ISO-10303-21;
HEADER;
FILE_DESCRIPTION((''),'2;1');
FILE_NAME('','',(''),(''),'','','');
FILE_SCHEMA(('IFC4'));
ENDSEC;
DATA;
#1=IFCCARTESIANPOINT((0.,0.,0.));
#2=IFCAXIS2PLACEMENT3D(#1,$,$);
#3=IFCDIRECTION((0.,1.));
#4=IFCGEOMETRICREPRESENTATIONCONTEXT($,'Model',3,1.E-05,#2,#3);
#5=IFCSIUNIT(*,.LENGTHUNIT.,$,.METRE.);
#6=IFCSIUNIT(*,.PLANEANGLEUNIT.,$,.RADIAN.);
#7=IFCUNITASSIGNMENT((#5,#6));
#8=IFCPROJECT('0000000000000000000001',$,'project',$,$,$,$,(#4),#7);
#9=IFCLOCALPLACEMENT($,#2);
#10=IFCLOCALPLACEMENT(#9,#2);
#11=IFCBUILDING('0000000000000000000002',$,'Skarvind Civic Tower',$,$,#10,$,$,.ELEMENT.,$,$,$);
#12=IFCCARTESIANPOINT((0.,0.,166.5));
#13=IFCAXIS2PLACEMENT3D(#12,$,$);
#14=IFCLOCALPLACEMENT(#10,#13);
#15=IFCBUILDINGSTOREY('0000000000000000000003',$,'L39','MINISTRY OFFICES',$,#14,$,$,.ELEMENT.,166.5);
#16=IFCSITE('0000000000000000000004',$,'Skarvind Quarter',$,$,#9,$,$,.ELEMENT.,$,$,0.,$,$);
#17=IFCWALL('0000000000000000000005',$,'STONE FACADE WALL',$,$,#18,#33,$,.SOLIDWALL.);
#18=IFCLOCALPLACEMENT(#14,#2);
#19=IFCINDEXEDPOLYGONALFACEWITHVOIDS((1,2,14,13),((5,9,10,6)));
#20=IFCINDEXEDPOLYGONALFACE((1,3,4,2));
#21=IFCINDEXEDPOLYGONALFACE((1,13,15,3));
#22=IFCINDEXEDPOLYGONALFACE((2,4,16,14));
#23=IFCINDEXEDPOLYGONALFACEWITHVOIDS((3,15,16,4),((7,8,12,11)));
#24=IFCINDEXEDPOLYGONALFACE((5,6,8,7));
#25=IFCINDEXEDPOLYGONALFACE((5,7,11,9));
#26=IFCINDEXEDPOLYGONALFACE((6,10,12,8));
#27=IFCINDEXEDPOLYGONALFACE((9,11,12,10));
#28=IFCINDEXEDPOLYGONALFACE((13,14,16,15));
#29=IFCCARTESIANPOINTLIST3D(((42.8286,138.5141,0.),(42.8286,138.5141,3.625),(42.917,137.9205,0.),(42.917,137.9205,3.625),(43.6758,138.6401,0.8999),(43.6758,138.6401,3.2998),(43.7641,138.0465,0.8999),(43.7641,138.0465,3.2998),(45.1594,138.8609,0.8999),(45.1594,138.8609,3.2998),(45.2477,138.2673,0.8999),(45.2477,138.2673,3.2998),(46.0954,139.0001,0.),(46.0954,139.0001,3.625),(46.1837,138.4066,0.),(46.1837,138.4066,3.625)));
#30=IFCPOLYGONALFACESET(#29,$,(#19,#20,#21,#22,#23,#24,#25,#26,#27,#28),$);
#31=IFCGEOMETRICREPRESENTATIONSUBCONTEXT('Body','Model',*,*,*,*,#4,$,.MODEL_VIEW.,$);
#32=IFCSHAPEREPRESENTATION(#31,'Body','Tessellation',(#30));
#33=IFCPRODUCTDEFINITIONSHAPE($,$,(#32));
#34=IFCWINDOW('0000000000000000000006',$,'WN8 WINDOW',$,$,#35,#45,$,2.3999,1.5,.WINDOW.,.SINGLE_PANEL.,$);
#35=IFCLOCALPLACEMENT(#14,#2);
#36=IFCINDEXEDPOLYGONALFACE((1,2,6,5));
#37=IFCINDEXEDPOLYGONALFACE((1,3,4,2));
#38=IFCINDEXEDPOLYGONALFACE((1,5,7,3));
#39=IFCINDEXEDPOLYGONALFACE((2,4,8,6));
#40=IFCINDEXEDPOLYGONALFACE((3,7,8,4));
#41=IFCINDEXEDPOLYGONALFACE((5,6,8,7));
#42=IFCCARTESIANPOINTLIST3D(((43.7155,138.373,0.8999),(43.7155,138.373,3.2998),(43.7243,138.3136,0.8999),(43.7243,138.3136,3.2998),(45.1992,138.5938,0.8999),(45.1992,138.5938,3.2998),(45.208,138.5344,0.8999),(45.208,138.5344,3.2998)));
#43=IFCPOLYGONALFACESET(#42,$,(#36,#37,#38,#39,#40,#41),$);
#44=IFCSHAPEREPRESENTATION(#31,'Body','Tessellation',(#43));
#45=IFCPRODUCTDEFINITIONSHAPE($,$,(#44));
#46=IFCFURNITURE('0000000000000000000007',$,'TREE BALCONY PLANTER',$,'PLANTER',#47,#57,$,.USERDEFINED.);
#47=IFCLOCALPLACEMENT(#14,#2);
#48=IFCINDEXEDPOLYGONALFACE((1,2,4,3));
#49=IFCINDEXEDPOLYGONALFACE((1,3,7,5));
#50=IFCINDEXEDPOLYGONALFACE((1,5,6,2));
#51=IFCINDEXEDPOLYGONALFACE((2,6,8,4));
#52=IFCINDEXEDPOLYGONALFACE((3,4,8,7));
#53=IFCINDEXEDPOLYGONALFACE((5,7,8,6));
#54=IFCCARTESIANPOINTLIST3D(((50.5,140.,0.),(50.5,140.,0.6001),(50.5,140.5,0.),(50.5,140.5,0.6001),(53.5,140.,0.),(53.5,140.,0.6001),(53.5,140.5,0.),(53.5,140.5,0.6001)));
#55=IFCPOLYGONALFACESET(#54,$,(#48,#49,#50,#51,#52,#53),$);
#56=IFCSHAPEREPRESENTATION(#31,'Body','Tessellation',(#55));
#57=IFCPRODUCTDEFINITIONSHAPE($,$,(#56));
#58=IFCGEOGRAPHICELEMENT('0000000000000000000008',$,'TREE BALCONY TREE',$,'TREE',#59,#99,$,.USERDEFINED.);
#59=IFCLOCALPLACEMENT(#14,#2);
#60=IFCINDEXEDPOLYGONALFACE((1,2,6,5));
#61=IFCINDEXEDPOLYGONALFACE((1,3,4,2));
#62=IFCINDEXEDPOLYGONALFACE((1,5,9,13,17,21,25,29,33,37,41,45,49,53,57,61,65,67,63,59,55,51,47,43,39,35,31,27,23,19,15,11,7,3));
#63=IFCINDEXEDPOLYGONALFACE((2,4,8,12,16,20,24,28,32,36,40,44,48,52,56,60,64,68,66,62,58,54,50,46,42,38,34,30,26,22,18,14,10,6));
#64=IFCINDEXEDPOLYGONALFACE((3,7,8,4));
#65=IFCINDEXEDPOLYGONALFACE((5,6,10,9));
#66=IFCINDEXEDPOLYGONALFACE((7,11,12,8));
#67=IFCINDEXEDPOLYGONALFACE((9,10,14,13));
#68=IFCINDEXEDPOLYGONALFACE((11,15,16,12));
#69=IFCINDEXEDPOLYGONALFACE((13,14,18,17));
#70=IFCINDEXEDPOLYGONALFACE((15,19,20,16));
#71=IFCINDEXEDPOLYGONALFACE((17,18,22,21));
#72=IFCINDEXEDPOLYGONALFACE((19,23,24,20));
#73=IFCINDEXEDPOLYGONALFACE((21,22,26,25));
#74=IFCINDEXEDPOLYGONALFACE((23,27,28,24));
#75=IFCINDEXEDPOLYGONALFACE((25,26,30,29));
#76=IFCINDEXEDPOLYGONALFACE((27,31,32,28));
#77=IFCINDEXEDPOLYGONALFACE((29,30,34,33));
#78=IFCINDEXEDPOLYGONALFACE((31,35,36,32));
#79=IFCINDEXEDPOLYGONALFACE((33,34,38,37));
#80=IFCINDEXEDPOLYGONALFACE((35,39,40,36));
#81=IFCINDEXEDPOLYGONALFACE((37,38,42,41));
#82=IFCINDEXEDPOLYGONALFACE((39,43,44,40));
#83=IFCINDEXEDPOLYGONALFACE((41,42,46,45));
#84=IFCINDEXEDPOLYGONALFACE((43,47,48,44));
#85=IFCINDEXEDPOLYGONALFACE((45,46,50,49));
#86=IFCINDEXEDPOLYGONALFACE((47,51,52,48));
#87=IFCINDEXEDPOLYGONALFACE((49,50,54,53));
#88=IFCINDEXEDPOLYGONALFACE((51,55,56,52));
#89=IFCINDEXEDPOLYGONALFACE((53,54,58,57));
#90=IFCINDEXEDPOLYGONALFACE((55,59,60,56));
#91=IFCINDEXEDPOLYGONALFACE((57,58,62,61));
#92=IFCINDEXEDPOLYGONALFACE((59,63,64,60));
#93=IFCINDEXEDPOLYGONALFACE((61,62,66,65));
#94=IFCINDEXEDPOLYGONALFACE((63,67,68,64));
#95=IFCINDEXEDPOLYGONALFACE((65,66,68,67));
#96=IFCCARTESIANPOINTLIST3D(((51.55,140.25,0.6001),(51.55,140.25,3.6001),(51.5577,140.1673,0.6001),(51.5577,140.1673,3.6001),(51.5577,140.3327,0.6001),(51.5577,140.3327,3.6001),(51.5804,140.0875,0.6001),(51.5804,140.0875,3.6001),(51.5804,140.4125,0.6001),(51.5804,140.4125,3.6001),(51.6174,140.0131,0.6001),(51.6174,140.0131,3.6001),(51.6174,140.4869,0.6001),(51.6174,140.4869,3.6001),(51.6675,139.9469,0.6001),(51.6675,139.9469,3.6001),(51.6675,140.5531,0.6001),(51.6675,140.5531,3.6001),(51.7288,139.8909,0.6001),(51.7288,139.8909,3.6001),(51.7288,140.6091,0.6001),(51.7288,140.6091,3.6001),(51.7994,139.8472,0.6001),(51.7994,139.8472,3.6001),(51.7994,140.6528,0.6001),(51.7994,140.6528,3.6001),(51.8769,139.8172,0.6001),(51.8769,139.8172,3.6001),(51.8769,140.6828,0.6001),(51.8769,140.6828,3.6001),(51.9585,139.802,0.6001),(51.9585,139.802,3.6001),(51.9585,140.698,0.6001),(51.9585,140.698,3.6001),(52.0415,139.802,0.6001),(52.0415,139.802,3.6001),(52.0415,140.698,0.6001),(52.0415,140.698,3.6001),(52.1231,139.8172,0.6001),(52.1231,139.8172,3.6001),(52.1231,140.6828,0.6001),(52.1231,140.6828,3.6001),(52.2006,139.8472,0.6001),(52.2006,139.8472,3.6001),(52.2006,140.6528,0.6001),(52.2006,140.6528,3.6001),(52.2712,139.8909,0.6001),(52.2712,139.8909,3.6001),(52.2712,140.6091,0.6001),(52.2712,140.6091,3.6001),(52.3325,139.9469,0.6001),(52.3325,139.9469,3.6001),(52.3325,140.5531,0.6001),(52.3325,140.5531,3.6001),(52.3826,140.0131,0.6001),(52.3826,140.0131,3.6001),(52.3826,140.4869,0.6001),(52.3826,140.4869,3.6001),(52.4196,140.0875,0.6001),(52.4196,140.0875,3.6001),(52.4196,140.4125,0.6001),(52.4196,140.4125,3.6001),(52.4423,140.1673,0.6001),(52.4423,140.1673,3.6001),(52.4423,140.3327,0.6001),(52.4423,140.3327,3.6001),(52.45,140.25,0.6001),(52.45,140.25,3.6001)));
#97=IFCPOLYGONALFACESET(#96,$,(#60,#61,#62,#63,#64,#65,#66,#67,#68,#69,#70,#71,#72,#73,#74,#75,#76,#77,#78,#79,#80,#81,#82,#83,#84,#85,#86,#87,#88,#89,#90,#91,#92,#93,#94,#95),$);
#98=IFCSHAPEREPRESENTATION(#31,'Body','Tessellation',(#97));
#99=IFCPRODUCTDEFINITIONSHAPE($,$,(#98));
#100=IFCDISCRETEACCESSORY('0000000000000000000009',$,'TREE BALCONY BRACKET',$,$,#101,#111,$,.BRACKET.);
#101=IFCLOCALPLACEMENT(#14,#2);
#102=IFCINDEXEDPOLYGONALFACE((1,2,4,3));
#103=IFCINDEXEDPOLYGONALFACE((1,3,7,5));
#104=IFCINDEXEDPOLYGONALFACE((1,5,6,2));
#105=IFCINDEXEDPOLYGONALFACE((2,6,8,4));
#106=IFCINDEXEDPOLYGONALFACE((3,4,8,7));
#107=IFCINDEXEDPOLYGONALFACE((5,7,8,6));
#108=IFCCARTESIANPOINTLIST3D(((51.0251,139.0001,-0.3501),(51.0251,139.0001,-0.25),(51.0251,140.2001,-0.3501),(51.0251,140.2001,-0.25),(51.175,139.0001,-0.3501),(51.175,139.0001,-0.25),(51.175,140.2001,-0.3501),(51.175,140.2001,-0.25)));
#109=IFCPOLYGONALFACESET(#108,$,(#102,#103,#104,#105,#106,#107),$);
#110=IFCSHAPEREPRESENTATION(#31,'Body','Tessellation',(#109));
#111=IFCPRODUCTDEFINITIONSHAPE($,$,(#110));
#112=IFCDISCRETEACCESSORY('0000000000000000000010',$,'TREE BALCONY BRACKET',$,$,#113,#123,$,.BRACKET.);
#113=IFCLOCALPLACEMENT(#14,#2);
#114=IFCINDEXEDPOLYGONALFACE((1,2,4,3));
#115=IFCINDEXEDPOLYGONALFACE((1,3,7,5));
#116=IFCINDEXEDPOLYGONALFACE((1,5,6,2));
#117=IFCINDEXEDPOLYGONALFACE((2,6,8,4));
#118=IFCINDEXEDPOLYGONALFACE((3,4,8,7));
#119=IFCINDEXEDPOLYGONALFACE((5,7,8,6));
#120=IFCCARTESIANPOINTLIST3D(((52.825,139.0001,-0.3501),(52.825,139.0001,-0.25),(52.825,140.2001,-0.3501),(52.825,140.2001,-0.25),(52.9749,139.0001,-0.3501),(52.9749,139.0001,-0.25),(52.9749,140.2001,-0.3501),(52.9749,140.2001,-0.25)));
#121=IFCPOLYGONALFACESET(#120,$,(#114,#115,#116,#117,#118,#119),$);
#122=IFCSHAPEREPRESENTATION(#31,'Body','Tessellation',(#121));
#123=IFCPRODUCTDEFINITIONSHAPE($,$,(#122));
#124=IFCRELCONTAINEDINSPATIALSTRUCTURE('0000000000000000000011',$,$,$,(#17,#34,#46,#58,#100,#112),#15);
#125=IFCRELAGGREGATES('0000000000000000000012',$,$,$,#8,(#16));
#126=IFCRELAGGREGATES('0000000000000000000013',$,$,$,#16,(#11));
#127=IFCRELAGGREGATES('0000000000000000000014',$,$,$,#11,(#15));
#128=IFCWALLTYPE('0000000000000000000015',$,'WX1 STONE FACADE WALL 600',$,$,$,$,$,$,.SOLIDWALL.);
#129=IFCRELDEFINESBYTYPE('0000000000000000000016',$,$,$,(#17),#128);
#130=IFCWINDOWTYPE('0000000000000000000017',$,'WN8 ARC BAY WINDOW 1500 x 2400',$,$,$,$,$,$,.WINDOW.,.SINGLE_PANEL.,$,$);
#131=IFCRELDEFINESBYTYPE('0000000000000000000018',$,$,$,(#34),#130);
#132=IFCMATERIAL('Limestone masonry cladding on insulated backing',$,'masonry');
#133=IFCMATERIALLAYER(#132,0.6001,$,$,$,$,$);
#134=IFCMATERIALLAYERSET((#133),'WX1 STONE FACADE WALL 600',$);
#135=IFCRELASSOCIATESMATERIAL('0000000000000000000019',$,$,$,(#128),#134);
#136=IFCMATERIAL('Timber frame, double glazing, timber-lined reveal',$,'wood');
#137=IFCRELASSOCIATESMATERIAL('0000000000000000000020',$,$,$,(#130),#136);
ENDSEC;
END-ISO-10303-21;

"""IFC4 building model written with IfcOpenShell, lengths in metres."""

from ifc_helpers import new_model, si_unit, direction, frame, frame_2d, origin, origin_2d, place, context, subcontext, project, spatial, rectangle, circle, extrude, material, layer, layer_set, type_object, element, fill, save


model = new_model("IFC4")

# Units and contexts
model_context = context("Model", 3, precision=1e-05, world=origin(), true_north=direction((0.0, 1.0)))
body_context = subcontext(model_context, "Body", "Model", "MODEL_VIEW")
ifc_project = project(units=[si_unit("LENGTHUNIT", "METRE"), si_unit("PLANEANGLEUNIT", "RADIAN")], contexts=[model_context])

# Site, building, storey
site_placement = place(None, origin())
site = spatial("IfcSite", under=ifc_project, at=site_placement, Name="Skarvind Quarter", CompositionType="ELEMENT", RefElevation=0.0)
building_placement = place(site_placement, origin())
building = spatial("IfcBuilding", under=site, at=building_placement, Name="Skarvind Civic Tower", CompositionType="ELEMENT")
storey_placement = place(building_placement, frame((0.0, 0.0, 166.5)))
storey = spatial("IfcBuildingStorey", under=building, at=storey_placement, Name="L39", Description="MINISTRY OFFICES", CompositionType="ELEMENT", Elevation=166.5)

# Shared definitions
ifc_material_1 = material(Name="Limestone masonry cladding on insulated backing", Category="masonry")
ifc_layer_1 = layer(ifc_material_1, 0.6001)
ifc_layer_set_1 = layer_set([ifc_layer_1], Name="WX1 STONE FACADE WALL 600")
wall_type_1 = type_object("IfcWallType", Name="WX1 STONE FACADE WALL 600", PredefinedType="SOLIDWALL", material=ifc_layer_set_1)
ifc_material_2 = material(Name="Timber frame, double glazing, timber-lined reveal", Category="wood")

# Wall, opening, window
wall_1_placement = place(storey_placement, frame((42.8728, 138.2173, 0.0), z_axis=(0.0, 0.0, 1.0), x_axis=(0.989111, 0.147173, 0.0)))
wall_1 = element("IfcWall", 1, at=wall_1_placement, inside=storey, type_object=wall_type_1, Name="STONE FACADE WALL", PredefinedType="SOLIDWALL", context=body_context, shape_type="SweptSolid", body=[
    extrude(rectangle(XDim=3.3027, YDim=0.6001, at=frame_2d((1.6514, 0.0))), origin(), (0.0, 0.0, 1.0), 3.625),
])
opening_1_placement = place(wall_1_placement, frame((0.8564, 0.0, 0.8999)))
opening_1 = element("IfcOpeningElement", 2, at=opening_1_placement, cuts=wall_1, PredefinedType="OPENING", context=body_context, shape_type="SweptSolid", body=[
    extrude(rectangle(XDim=1.5, YDim=2.3999, at=frame_2d((0.75, 1.2))), frame((0.0, 0.3101, 0.0), z_axis=(0.0, -1.0, 0.0), x_axis=(1.0, 0.0, 0.0)), (0.0, 0.0, 1.0), 0.6201),
])
window_type_1 = type_object("IfcWindowType", Name="WN8 ARC BAY WINDOW 1500 x 2400", PartitioningType="SINGLE_PANEL", PredefinedType="WINDOW", material=ifc_material_2)
window_1_placement = place(opening_1_placement, origin())
window_1 = element("IfcWindow", 3, at=window_1_placement, inside=storey, type_object=window_type_1, Name="WN8 WINDOW", OverallHeight=2.3999, OverallWidth=1.5, PartitioningType="SINGLE_PANEL", PredefinedType="WINDOW", context=body_context, shape_type="SweptSolid", body=[
    extrude(rectangle(XDim=1.5, YDim=2.3999, at=frame_2d((0.75, 1.2))), frame((0.0, 0.03, 0.0), z_axis=(0.0, -1.0, 0.0), x_axis=(1.0, 0.0, 0.0)), (0.0, 0.0, 1.0), 0.0601),
])
fill(opening_1, window_1)

# Furniture
furniture_placement = place(storey_placement, frame((52.0, 140.25, 0.0), z_axis=(0.0, 0.0, 1.0), x_axis=(1.0, 0.0, 0.0)))
element("IfcFurniture", 4, at=furniture_placement, inside=storey, Name="TREE BALCONY PLANTER", ObjectType="PLANTER", PredefinedType="USERDEFINED", context=body_context, shape_type="SweptSolid", body=[
    extrude(rectangle(XDim=3.0, YDim=0.5, at=origin_2d()), origin(), (0.0, 0.0, 1.0), 0.6001),
])

# Geographic element
geographic_element_placement = place(storey_placement, frame((52.0, 140.25, 0.6001), z_axis=(0.0, 0.0, 1.0), x_axis=(1.0, 0.0, 0.0)))
element("IfcGeographicElement", 5, at=geographic_element_placement, inside=storey, Name="TREE BALCONY TREE", ObjectType="TREE", PredefinedType="USERDEFINED", context=body_context, shape_type="SweptSolid", body=[
    extrude(circle(Radius=0.45, at=origin_2d()), origin(), (0.0, 0.0, 1.0), 3.0),
])

# Discrete accessories
for number, where, z_axis, x_axis, name in (
    (6, (51.1001, 139.6001, -0.3501), (0.0, 0.0, 1.0), (1.0, 0.0, 0.0), "TREE BALCONY BRACKET"),
    (7, (52.8999, 139.6001, -0.3501), (0.0, 0.0, 1.0), (1.0, 0.0, 0.0), "TREE BALCONY BRACKET"),
):
    element("IfcDiscreteAccessory", number, at=place(storey_placement, frame(where, z_axis=z_axis, x_axis=x_axis)), inside=storey, Name=name, PredefinedType="BRACKET", context=body_context, shape_type="SweptSolid", body=[
        extrude(rectangle(XDim=0.1499, YDim=1.2, at=origin_2d()), origin(), (0.0, 0.0, 1.0), 0.1001),
    ])

save(model, "model.ifc")
